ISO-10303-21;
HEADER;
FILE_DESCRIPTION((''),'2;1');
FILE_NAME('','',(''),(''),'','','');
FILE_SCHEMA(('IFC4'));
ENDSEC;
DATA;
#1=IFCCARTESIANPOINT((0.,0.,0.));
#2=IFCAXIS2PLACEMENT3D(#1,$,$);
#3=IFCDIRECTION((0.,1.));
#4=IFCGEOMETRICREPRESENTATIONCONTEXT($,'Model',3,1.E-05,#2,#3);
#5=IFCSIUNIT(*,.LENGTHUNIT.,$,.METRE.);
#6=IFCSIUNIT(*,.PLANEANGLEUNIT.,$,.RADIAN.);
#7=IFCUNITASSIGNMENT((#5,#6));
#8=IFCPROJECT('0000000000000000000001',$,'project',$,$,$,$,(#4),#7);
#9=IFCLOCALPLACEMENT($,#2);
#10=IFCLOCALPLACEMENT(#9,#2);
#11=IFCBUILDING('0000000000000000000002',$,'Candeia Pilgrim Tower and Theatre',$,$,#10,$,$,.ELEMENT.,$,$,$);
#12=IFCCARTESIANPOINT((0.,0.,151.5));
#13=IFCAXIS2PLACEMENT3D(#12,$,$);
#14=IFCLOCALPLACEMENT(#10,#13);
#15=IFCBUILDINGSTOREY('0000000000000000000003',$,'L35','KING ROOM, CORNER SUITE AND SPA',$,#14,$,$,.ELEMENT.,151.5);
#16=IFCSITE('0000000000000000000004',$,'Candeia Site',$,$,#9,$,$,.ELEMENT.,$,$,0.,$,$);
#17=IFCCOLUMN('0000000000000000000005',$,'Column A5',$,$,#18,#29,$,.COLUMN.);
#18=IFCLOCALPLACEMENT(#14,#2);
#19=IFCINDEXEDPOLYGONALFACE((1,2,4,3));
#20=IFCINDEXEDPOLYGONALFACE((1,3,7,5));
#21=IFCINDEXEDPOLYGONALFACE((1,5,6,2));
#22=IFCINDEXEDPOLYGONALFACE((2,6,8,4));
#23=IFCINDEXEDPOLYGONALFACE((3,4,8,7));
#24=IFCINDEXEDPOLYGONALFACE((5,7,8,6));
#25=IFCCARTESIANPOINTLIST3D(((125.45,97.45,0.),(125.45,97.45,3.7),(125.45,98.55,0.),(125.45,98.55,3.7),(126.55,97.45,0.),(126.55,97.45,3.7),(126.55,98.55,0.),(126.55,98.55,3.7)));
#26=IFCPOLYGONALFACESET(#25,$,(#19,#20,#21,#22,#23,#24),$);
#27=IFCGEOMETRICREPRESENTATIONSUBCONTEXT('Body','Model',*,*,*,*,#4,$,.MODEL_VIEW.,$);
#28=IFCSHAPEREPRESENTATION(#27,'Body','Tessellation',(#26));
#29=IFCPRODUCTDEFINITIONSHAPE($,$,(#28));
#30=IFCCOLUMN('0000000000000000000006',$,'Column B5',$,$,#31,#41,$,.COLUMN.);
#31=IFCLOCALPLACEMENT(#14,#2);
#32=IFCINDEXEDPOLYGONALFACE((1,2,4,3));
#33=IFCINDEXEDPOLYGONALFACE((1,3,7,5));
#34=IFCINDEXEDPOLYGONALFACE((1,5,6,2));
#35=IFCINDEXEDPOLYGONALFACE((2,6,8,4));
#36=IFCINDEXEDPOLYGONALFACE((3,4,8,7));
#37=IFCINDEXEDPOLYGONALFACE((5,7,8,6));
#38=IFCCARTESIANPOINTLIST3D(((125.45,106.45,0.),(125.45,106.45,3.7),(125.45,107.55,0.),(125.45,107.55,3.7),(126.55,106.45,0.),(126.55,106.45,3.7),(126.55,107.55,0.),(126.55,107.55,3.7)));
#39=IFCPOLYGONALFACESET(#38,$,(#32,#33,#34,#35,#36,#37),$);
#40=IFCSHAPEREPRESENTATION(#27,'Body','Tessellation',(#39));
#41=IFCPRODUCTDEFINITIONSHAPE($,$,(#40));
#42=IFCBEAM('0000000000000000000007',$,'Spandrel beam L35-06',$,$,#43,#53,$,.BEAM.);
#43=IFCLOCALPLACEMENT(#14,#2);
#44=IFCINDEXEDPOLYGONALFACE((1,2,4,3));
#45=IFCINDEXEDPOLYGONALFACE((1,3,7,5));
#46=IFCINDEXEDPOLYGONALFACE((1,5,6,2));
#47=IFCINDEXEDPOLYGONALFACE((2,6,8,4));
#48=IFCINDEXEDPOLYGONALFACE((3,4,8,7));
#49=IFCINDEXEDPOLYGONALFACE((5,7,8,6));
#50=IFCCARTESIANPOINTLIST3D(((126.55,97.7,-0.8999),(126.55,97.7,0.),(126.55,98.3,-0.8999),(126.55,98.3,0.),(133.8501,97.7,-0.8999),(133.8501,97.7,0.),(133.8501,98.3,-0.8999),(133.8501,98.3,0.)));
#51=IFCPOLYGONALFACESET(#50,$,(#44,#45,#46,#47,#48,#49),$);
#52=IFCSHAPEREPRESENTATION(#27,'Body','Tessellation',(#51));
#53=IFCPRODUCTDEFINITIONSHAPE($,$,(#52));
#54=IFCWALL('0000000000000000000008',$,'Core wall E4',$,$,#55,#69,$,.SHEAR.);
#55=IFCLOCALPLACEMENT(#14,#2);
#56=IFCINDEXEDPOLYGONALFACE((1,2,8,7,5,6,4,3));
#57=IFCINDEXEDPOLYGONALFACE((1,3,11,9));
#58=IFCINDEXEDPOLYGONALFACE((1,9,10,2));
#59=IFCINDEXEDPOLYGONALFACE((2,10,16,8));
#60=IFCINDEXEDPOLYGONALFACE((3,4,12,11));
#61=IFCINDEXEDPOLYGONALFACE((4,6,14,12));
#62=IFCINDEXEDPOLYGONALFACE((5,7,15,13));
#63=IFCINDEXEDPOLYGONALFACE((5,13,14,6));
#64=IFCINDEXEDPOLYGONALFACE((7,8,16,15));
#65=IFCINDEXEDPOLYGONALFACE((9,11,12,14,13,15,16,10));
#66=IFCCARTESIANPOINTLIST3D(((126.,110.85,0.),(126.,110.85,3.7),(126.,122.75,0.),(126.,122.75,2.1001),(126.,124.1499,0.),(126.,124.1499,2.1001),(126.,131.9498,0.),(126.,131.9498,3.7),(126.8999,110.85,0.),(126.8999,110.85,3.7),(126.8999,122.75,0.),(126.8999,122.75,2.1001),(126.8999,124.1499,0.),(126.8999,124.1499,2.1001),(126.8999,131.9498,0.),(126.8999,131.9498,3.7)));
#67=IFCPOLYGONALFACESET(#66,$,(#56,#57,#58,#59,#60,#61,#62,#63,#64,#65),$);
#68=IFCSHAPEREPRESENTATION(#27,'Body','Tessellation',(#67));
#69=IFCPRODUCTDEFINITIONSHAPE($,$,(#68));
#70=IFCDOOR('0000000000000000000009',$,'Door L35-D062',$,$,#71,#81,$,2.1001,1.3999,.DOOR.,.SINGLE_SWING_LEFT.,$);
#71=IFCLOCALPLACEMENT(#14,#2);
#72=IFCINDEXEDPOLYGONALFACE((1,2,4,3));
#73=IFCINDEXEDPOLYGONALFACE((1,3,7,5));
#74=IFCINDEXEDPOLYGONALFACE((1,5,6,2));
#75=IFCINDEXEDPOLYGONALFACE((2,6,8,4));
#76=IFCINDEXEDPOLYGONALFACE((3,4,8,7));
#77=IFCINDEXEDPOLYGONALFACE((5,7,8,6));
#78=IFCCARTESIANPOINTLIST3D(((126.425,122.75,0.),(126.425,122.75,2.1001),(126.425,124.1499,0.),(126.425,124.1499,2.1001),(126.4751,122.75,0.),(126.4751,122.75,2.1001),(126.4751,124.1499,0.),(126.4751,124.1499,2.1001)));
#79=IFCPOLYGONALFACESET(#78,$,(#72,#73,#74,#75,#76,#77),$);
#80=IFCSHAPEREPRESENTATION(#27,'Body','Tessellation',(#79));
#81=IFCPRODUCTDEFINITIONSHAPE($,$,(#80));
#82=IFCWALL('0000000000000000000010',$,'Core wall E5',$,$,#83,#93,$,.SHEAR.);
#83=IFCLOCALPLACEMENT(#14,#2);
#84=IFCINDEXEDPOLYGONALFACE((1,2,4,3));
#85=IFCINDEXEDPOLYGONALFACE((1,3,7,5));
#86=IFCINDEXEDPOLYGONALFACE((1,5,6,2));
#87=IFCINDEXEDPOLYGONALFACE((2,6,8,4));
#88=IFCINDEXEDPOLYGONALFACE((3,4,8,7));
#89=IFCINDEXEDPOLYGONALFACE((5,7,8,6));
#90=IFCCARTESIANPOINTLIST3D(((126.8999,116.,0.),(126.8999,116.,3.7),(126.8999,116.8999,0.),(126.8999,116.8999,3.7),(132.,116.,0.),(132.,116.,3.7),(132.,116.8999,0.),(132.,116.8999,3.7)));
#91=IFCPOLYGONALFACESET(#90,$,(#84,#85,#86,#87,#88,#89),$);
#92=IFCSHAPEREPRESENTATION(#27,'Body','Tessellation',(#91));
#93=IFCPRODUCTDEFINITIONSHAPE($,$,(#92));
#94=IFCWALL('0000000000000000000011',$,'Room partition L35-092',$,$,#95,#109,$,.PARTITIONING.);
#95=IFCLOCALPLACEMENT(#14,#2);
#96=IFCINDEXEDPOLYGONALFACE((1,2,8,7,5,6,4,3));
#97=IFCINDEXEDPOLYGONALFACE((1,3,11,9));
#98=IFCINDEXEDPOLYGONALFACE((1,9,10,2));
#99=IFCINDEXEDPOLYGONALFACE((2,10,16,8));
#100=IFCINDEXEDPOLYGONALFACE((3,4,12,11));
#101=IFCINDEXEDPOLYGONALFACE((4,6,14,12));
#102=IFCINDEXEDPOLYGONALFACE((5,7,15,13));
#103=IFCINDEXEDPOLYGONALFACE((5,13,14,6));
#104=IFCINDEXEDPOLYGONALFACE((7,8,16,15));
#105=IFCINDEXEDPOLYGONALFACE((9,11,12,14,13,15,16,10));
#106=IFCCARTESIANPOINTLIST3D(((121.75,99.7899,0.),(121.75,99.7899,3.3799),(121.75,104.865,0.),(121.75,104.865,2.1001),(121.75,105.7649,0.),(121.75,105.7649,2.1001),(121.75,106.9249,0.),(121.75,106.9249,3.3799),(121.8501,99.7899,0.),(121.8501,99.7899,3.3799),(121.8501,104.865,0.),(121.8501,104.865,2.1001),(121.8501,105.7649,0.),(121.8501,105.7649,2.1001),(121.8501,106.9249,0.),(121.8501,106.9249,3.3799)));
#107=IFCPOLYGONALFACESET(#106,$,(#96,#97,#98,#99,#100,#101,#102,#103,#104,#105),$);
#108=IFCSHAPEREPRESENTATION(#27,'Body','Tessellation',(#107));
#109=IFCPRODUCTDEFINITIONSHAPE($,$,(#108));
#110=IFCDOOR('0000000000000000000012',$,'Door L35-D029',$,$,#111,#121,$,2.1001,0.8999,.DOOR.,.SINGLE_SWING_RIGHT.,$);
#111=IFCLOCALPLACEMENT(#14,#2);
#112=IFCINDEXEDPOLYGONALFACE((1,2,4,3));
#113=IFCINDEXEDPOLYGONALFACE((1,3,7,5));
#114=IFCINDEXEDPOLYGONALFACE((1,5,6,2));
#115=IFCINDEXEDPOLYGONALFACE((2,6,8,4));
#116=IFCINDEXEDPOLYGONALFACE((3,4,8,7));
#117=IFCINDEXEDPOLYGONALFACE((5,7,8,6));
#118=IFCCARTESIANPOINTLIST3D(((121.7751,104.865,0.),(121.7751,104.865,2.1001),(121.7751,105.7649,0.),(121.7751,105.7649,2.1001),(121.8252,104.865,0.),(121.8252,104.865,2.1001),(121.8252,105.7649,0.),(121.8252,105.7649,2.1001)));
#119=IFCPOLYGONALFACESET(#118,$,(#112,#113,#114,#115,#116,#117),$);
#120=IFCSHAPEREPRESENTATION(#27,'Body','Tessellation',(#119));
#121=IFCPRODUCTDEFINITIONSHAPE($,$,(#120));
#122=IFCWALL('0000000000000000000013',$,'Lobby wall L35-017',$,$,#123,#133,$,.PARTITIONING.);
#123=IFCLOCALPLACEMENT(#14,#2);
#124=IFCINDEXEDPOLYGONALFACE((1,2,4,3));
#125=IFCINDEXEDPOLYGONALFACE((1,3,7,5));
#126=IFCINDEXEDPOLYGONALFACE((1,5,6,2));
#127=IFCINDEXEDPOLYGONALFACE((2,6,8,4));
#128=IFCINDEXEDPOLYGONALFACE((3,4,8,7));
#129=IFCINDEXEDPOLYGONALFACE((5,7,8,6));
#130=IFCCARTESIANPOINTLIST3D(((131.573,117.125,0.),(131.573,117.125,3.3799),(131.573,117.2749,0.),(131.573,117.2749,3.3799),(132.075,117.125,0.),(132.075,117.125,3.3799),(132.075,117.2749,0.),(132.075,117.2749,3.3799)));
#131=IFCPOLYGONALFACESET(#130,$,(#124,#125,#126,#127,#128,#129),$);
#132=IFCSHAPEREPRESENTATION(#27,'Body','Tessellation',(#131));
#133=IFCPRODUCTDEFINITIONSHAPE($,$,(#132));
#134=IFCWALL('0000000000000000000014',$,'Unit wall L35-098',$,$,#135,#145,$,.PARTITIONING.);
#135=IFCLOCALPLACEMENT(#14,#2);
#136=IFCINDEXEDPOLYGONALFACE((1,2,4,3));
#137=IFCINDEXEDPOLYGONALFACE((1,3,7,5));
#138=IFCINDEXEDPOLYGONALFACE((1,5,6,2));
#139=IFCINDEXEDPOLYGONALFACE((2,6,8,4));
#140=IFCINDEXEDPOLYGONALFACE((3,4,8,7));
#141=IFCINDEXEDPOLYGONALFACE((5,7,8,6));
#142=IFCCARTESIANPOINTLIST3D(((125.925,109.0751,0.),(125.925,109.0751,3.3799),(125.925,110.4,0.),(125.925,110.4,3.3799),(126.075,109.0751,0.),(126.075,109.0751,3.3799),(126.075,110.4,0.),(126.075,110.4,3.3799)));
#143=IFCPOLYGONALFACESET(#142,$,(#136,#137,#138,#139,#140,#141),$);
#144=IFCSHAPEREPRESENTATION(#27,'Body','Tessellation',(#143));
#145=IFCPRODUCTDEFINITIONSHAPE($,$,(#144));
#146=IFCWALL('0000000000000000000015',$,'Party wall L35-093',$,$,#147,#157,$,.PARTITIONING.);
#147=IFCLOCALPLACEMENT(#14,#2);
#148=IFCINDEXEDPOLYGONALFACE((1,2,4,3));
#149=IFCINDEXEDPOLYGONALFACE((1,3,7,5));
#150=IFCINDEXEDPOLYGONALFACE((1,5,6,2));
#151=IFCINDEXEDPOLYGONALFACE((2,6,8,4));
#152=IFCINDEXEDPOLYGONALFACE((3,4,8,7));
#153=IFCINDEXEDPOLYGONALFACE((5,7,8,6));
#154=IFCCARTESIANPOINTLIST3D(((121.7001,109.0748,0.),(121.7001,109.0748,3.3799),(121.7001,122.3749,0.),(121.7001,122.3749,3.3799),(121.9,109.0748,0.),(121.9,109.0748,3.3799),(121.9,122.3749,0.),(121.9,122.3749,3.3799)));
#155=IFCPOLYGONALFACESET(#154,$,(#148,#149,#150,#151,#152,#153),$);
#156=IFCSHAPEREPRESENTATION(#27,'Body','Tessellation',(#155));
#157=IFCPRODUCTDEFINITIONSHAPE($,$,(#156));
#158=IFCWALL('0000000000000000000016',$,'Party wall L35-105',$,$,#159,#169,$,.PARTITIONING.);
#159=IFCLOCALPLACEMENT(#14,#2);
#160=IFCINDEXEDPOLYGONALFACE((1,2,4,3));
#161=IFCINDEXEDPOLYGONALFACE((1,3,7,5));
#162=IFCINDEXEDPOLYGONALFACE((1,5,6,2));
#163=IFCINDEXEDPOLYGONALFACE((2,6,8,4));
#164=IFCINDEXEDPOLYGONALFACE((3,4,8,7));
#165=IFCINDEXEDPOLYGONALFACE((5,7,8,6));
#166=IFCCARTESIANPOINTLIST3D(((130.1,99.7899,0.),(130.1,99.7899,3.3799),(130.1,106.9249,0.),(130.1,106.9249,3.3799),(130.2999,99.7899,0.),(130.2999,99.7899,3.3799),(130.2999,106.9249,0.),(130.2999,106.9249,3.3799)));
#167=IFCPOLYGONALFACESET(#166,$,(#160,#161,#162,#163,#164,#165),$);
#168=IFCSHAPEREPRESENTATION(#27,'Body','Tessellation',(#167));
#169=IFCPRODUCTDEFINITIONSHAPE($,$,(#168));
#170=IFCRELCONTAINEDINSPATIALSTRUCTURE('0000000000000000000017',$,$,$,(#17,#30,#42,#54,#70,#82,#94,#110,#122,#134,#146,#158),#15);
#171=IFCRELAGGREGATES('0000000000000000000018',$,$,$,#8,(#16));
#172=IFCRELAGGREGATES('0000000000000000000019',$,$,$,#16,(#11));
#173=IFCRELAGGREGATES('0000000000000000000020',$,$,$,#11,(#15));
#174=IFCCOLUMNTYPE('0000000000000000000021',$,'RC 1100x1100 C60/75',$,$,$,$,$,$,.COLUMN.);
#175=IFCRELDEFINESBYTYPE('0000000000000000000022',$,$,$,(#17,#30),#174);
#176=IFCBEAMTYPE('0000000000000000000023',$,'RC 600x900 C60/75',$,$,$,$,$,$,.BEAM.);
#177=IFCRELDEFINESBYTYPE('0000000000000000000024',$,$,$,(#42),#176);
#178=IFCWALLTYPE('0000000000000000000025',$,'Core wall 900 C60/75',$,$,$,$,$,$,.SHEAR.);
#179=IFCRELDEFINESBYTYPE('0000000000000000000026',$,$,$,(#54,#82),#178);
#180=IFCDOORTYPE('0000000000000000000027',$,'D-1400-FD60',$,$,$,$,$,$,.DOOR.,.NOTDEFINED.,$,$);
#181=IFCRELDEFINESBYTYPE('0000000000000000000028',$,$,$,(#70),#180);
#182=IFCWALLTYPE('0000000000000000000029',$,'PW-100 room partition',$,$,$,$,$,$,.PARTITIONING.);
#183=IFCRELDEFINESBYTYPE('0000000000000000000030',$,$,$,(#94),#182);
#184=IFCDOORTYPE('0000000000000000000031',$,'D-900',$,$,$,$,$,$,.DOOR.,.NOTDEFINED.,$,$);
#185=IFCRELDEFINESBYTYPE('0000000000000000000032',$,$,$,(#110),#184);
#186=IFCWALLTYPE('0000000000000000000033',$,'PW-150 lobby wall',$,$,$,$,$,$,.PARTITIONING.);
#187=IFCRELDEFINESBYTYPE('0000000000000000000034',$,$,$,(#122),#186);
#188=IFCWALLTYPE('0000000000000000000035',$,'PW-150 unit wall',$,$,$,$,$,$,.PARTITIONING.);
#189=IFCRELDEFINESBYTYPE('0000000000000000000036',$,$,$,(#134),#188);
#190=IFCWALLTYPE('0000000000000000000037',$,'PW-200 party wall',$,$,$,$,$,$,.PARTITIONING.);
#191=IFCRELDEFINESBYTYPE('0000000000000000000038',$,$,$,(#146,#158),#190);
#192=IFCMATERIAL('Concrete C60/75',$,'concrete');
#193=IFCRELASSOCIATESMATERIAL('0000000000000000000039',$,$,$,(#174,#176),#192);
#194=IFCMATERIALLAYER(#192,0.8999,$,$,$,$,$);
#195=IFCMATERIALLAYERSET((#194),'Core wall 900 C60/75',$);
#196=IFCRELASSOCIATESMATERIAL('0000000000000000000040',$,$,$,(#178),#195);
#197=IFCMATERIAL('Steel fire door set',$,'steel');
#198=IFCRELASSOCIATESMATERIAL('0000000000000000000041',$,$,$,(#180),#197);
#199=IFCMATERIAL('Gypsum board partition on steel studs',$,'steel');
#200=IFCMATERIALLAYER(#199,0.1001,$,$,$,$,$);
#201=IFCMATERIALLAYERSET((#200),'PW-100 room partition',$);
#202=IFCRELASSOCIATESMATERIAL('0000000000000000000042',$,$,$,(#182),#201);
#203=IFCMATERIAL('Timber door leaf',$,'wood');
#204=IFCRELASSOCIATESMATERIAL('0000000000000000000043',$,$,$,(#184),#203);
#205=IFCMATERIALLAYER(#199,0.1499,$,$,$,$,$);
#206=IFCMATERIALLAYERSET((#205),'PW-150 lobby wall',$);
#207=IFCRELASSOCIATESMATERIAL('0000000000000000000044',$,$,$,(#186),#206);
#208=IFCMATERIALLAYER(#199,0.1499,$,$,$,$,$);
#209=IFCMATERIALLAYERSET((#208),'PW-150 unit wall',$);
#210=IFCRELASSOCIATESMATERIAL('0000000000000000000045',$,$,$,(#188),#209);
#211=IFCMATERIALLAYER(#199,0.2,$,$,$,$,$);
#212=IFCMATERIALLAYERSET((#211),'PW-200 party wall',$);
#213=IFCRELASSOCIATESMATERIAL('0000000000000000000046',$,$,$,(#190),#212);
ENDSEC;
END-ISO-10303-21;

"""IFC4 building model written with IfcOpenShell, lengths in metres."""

from ifc_helpers import new_model, si_unit, direction, frame, frame_2d, origin, origin_2d, place, context, subcontext, project, spatial, rectangle, extrude, material, layer, layer_set, material_profile, profile_set, type_object, element, fill, save


model = new_model("IFC4")

# Units and contexts
model_context = context("Model", 3, precision=1e-05, world=origin(), true_north=direction((0.0, 1.0)))
body_context = subcontext(model_context, "Body", "Model", "MODEL_VIEW")
ifc_project = project(units=[si_unit("LENGTHUNIT", "METRE"), si_unit("PLANEANGLEUNIT", "RADIAN")], contexts=[model_context])

# Site, building, storey
site_placement = place(None, origin())
site = spatial("IfcSite", under=ifc_project, at=site_placement, Name="Candeia Site", CompositionType="ELEMENT", RefElevation=0.0)
building_placement = place(site_placement, origin())
building = spatial("IfcBuilding", under=site, at=building_placement, Name="Candeia Pilgrim Tower and Theatre", CompositionType="ELEMENT")
storey_placement = place(building_placement, frame((0.0, 0.0, 151.5)))
storey = spatial("IfcBuildingStorey", under=building, at=storey_placement, Name="L35", Description="KING ROOM, CORNER SUITE AND SPA", CompositionType="ELEMENT", Elevation=151.5)

# Columns
ifc_material_1 = material(Name="Concrete C60/75", Category="concrete")
ifc_material_profile_1 = material_profile(ifc_material_1, rectangle(XDim=1.1001, YDim=1.1001, at=origin_2d()))
ifc_profile_set_1 = profile_set([ifc_material_profile_1], Name="Concrete C60/75")
column_type = type_object("IfcColumnType", Name="RC 1100x1100 C60/75", PredefinedType="COLUMN", material=ifc_profile_set_1)
for number, where, z_axis, x_axis, name in (
    (1, (126.0, 98.0, 0.0), (0.0, 0.0, 1.0), (1.0, 0.0, 0.0), "Column A5"),
    (2, (126.0, 107.0, 0.0), (0.0, 0.0, 1.0), (1.0, 0.0, 0.0), "Column B5"),
):
    element("IfcColumn", number, at=place(storey_placement, frame(where, z_axis=z_axis, x_axis=x_axis)), inside=storey, type_object=column_type, Name=name, PredefinedType="COLUMN", context=body_context, shape_type="SweptSolid", body=[
        extrude(rectangle(XDim=1.1001, YDim=1.1001, at=origin_2d()), origin(), (0.0, 0.0, 1.0), 3.7),
    ])

# Beam
ifc_material_profile_2 = material_profile(ifc_material_1, rectangle(XDim=0.6001, YDim=0.8999, at=origin_2d()))
ifc_profile_set_2 = profile_set([ifc_material_profile_2], Name="Concrete C60/75")
beam_type = type_object("IfcBeamType", Name="RC 600x900 C60/75", PredefinedType="BEAM", material=ifc_profile_set_2)
beam_placement = place(storey_placement, frame((126.55, 98.0, -0.45), z_axis=(1.0, 0.0, 0.0), x_axis=(0.0, 1.0, 0.0)))
element("IfcBeam", 3, at=beam_placement, inside=storey, type_object=beam_type, Name="Spandrel beam L35-06", PredefinedType="BEAM", context=body_context, shape_type="SweptSolid", body=[
    extrude(rectangle(XDim=0.6001, YDim=0.8999, at=origin_2d()), origin(), (0.0, 0.0, 1.0), 7.3),
])

# Wall, opening, door
ifc_layer_1 = layer(ifc_material_1, 0.8999)
ifc_layer_set_1 = layer_set([ifc_layer_1], Name="Core wall 900 C60/75")
wall_type_1 = type_object("IfcWallType", Name="Core wall 900 C60/75", PredefinedType="SHEAR", material=ifc_layer_set_1)
wall_1_placement = place(storey_placement, frame((126.45, 110.8501, 0.0), z_axis=(0.0, 0.0, 1.0), x_axis=(0.0, 1.0, 0.0)))
wall_1 = element("IfcWall", 4, at=wall_1_placement, inside=storey, type_object=wall_type_1, Name="Core wall E4", PredefinedType="SHEAR", context=body_context, shape_type="SweptSolid", body=[
    extrude(rectangle(XDim=21.0999, YDim=0.8999, at=frame_2d((10.5498, 0.0))), origin(), (0.0, 0.0, 1.0), 3.7),
])
opening_1_placement = place(wall_1_placement, frame((11.8999, 0.0, 0.0)))
opening_1 = element("IfcOpeningElement", 5, at=opening_1_placement, cuts=wall_1, PredefinedType="OPENING", context=body_context, shape_type="SweptSolid", body=[
    extrude(rectangle(XDim=1.3999, YDim=2.1001, at=frame_2d((0.7, 1.05))), frame((0.0, 0.46, 0.0), z_axis=(0.0, -1.0, 0.0), x_axis=(1.0, 0.0, 0.0)), (0.0, 0.0, 1.0), 0.9199),
])
ifc_material_2 = material(Name="Steel fire door set", Category="steel")
door_type_1 = type_object("IfcDoorType", Name="D-1400-FD60", OperationType="NOTDEFINED", PredefinedType="DOOR", material=ifc_material_2)
door_1_placement = place(opening_1_placement, origin())
door_1 = element("IfcDoor", 6, at=door_1_placement, inside=storey, type_object=door_type_1, Name="Door L35-D062", OperationType="SINGLE_SWING_LEFT", OverallHeight=2.1001, OverallWidth=1.3999, PredefinedType="DOOR", context=body_context, shape_type="SweptSolid", body=[
    extrude(rectangle(XDim=1.3999, YDim=2.1001, at=frame_2d((0.7, 1.05))), frame((0.0, 0.0249, 0.0), z_axis=(0.0, -1.0, 0.0), x_axis=(1.0, 0.0, 0.0)), (0.0, 0.0, 1.0), 0.05),
])
fill(opening_1, door_1)

# Wall
wall_2_placement = place(storey_placement, frame((126.8999, 116.45, 0.0), z_axis=(0.0, 0.0, 1.0), x_axis=(1.0, 0.0, 0.0)))
element("IfcWall", 7, at=wall_2_placement, inside=storey, type_object=wall_type_1, Name="Core wall E5", PredefinedType="SHEAR", context=body_context, shape_type="SweptSolid", body=[
    extrude(rectangle(XDim=5.1001, YDim=0.8999, at=frame_2d((2.55, 0.0))), origin(), (0.0, 0.0, 1.0), 3.7),
])

# Wall, opening, door
ifc_material_3 = material(Name="Gypsum board partition on steel studs", Category="steel")
ifc_layer_2 = layer(ifc_material_3, 0.1001)
ifc_layer_set_2 = layer_set([ifc_layer_2], Name="PW-100 room partition")
wall_type_2 = type_object("IfcWallType", Name="PW-100 room partition", PredefinedType="PARTITIONING", material=ifc_layer_set_2)
wall_3_placement = place(storey_placement, frame((121.8, 99.79, 0.0), z_axis=(0.0, 0.0, 1.0), x_axis=(0.0, 1.0, 0.0)))
wall_3 = element("IfcWall", 8, at=wall_3_placement, inside=storey, type_object=wall_type_2, Name="Room partition L35-092", PredefinedType="PARTITIONING", context=body_context, shape_type="SweptSolid", body=[
    extrude(rectangle(XDim=7.135, YDim=0.1001, at=frame_2d((3.5674, 0.0))), origin(), (0.0, 0.0, 1.0), 3.3799),
])
opening_2_placement = place(wall_3_placement, frame((5.075, 0.0, 0.0)))
opening_2 = element("IfcOpeningElement", 9, at=opening_2_placement, cuts=wall_3, PredefinedType="OPENING", context=body_context, shape_type="SweptSolid", body=[
    extrude(rectangle(XDim=0.8999, YDim=2.1001, at=frame_2d((0.45, 1.05))), frame((0.0, 0.0601, 0.0), z_axis=(0.0, -1.0, 0.0), x_axis=(1.0, 0.0, 0.0)), (0.0, 0.0, 1.0), 0.1201),
])
ifc_material_4 = material(Name="Timber door leaf", Category="wood")
door_type_2 = type_object("IfcDoorType", Name="D-900", OperationType="NOTDEFINED", PredefinedType="DOOR", material=ifc_material_4)
door_2_placement = place(opening_2_placement, origin())
door_2 = element("IfcDoor", 10, at=door_2_placement, inside=storey, type_object=door_type_2, Name="Door L35-D029", OperationType="SINGLE_SWING_RIGHT", OverallHeight=2.1001, OverallWidth=0.8999, PredefinedType="DOOR", context=body_context, shape_type="SweptSolid", body=[
    extrude(rectangle(XDim=0.8999, YDim=2.1001, at=frame_2d((0.45, 1.05))), frame((0.0, 0.0249, 0.0), z_axis=(0.0, -1.0, 0.0), x_axis=(1.0, 0.0, 0.0)), (0.0, 0.0, 1.0), 0.05),
])
fill(opening_2, door_2)

# Walls
ifc_layer_3 = layer(ifc_material_3, 0.1499)
ifc_layer_set_3 = layer_set([ifc_layer_3], Name="PW-150 lobby wall")
wall_type_3 = type_object("IfcWallType", Name="PW-150 lobby wall", PredefinedType="PARTITIONING", material=ifc_layer_set_3)
wall_4_placement = place(storey_placement, frame((131.573, 117.2, 0.0), z_axis=(0.0, 0.0, 1.0), x_axis=(1.0, 0.0, 0.0)))
element("IfcWall", 11, at=wall_4_placement, inside=storey, type_object=wall_type_3, Name="Lobby wall L35-017", PredefinedType="PARTITIONING", context=body_context, shape_type="SweptSolid", body=[
    extrude(rectangle(XDim=0.502, YDim=0.1499, at=frame_2d((0.251, 0.0))), origin(), (0.0, 0.0, 1.0), 3.3799),
])
ifc_layer_4 = layer(ifc_material_3, 0.1499)
ifc_layer_set_4 = layer_set([ifc_layer_4], Name="PW-150 unit wall")
wall_type_4 = type_object("IfcWallType", Name="PW-150 unit wall", PredefinedType="PARTITIONING", material=ifc_layer_set_4)
wall_5_placement = place(storey_placement, frame((126.0, 109.075, 0.0), z_axis=(0.0, 0.0, 1.0), x_axis=(0.0, 1.0, 0.0)))
element("IfcWall", 12, at=wall_5_placement, inside=storey, type_object=wall_type_4, Name="Unit wall L35-098", PredefinedType="PARTITIONING", context=body_context, shape_type="SweptSolid", body=[
    extrude(rectangle(XDim=1.325, YDim=0.1499, at=frame_2d((0.6626, 0.0))), origin(), (0.0, 0.0, 1.0), 3.3799),
])
ifc_layer_5 = layer(ifc_material_3, 0.2)
ifc_layer_set_5 = layer_set([ifc_layer_5], Name="PW-200 party wall")
wall_type_5 = type_object("IfcWallType", Name="PW-200 party wall", PredefinedType="PARTITIONING", material=ifc_layer_set_5)
wall_6_placement = place(storey_placement, frame((121.8, 109.075, 0.0), z_axis=(0.0, 0.0, 1.0), x_axis=(0.0, 1.0, 0.0)))
element("IfcWall", 13, at=wall_6_placement, inside=storey, type_object=wall_type_5, Name="Party wall L35-093", PredefinedType="PARTITIONING", context=body_context, shape_type="SweptSolid", body=[
    extrude(rectangle(XDim=13.3, YDim=0.2, at=frame_2d((6.6499, 0.0))), origin(), (0.0, 0.0, 1.0), 3.3799),
])
wall_7_placement = place(storey_placement, frame((130.2, 99.79, 0.0), z_axis=(0.0, 0.0, 1.0), x_axis=(0.0, 1.0, 0.0)))
element("IfcWall", 14, at=wall_7_placement, inside=storey, type_object=wall_type_5, Name="Party wall L35-105", PredefinedType="PARTITIONING", context=body_context, shape_type="SweptSolid", body=[
    extrude(rectangle(XDim=7.135, YDim=0.2, at=frame_2d((3.5674, 0.0))), origin(), (0.0, 0.0, 1.0), 3.3799),
])

save(model, "model.ifc")
